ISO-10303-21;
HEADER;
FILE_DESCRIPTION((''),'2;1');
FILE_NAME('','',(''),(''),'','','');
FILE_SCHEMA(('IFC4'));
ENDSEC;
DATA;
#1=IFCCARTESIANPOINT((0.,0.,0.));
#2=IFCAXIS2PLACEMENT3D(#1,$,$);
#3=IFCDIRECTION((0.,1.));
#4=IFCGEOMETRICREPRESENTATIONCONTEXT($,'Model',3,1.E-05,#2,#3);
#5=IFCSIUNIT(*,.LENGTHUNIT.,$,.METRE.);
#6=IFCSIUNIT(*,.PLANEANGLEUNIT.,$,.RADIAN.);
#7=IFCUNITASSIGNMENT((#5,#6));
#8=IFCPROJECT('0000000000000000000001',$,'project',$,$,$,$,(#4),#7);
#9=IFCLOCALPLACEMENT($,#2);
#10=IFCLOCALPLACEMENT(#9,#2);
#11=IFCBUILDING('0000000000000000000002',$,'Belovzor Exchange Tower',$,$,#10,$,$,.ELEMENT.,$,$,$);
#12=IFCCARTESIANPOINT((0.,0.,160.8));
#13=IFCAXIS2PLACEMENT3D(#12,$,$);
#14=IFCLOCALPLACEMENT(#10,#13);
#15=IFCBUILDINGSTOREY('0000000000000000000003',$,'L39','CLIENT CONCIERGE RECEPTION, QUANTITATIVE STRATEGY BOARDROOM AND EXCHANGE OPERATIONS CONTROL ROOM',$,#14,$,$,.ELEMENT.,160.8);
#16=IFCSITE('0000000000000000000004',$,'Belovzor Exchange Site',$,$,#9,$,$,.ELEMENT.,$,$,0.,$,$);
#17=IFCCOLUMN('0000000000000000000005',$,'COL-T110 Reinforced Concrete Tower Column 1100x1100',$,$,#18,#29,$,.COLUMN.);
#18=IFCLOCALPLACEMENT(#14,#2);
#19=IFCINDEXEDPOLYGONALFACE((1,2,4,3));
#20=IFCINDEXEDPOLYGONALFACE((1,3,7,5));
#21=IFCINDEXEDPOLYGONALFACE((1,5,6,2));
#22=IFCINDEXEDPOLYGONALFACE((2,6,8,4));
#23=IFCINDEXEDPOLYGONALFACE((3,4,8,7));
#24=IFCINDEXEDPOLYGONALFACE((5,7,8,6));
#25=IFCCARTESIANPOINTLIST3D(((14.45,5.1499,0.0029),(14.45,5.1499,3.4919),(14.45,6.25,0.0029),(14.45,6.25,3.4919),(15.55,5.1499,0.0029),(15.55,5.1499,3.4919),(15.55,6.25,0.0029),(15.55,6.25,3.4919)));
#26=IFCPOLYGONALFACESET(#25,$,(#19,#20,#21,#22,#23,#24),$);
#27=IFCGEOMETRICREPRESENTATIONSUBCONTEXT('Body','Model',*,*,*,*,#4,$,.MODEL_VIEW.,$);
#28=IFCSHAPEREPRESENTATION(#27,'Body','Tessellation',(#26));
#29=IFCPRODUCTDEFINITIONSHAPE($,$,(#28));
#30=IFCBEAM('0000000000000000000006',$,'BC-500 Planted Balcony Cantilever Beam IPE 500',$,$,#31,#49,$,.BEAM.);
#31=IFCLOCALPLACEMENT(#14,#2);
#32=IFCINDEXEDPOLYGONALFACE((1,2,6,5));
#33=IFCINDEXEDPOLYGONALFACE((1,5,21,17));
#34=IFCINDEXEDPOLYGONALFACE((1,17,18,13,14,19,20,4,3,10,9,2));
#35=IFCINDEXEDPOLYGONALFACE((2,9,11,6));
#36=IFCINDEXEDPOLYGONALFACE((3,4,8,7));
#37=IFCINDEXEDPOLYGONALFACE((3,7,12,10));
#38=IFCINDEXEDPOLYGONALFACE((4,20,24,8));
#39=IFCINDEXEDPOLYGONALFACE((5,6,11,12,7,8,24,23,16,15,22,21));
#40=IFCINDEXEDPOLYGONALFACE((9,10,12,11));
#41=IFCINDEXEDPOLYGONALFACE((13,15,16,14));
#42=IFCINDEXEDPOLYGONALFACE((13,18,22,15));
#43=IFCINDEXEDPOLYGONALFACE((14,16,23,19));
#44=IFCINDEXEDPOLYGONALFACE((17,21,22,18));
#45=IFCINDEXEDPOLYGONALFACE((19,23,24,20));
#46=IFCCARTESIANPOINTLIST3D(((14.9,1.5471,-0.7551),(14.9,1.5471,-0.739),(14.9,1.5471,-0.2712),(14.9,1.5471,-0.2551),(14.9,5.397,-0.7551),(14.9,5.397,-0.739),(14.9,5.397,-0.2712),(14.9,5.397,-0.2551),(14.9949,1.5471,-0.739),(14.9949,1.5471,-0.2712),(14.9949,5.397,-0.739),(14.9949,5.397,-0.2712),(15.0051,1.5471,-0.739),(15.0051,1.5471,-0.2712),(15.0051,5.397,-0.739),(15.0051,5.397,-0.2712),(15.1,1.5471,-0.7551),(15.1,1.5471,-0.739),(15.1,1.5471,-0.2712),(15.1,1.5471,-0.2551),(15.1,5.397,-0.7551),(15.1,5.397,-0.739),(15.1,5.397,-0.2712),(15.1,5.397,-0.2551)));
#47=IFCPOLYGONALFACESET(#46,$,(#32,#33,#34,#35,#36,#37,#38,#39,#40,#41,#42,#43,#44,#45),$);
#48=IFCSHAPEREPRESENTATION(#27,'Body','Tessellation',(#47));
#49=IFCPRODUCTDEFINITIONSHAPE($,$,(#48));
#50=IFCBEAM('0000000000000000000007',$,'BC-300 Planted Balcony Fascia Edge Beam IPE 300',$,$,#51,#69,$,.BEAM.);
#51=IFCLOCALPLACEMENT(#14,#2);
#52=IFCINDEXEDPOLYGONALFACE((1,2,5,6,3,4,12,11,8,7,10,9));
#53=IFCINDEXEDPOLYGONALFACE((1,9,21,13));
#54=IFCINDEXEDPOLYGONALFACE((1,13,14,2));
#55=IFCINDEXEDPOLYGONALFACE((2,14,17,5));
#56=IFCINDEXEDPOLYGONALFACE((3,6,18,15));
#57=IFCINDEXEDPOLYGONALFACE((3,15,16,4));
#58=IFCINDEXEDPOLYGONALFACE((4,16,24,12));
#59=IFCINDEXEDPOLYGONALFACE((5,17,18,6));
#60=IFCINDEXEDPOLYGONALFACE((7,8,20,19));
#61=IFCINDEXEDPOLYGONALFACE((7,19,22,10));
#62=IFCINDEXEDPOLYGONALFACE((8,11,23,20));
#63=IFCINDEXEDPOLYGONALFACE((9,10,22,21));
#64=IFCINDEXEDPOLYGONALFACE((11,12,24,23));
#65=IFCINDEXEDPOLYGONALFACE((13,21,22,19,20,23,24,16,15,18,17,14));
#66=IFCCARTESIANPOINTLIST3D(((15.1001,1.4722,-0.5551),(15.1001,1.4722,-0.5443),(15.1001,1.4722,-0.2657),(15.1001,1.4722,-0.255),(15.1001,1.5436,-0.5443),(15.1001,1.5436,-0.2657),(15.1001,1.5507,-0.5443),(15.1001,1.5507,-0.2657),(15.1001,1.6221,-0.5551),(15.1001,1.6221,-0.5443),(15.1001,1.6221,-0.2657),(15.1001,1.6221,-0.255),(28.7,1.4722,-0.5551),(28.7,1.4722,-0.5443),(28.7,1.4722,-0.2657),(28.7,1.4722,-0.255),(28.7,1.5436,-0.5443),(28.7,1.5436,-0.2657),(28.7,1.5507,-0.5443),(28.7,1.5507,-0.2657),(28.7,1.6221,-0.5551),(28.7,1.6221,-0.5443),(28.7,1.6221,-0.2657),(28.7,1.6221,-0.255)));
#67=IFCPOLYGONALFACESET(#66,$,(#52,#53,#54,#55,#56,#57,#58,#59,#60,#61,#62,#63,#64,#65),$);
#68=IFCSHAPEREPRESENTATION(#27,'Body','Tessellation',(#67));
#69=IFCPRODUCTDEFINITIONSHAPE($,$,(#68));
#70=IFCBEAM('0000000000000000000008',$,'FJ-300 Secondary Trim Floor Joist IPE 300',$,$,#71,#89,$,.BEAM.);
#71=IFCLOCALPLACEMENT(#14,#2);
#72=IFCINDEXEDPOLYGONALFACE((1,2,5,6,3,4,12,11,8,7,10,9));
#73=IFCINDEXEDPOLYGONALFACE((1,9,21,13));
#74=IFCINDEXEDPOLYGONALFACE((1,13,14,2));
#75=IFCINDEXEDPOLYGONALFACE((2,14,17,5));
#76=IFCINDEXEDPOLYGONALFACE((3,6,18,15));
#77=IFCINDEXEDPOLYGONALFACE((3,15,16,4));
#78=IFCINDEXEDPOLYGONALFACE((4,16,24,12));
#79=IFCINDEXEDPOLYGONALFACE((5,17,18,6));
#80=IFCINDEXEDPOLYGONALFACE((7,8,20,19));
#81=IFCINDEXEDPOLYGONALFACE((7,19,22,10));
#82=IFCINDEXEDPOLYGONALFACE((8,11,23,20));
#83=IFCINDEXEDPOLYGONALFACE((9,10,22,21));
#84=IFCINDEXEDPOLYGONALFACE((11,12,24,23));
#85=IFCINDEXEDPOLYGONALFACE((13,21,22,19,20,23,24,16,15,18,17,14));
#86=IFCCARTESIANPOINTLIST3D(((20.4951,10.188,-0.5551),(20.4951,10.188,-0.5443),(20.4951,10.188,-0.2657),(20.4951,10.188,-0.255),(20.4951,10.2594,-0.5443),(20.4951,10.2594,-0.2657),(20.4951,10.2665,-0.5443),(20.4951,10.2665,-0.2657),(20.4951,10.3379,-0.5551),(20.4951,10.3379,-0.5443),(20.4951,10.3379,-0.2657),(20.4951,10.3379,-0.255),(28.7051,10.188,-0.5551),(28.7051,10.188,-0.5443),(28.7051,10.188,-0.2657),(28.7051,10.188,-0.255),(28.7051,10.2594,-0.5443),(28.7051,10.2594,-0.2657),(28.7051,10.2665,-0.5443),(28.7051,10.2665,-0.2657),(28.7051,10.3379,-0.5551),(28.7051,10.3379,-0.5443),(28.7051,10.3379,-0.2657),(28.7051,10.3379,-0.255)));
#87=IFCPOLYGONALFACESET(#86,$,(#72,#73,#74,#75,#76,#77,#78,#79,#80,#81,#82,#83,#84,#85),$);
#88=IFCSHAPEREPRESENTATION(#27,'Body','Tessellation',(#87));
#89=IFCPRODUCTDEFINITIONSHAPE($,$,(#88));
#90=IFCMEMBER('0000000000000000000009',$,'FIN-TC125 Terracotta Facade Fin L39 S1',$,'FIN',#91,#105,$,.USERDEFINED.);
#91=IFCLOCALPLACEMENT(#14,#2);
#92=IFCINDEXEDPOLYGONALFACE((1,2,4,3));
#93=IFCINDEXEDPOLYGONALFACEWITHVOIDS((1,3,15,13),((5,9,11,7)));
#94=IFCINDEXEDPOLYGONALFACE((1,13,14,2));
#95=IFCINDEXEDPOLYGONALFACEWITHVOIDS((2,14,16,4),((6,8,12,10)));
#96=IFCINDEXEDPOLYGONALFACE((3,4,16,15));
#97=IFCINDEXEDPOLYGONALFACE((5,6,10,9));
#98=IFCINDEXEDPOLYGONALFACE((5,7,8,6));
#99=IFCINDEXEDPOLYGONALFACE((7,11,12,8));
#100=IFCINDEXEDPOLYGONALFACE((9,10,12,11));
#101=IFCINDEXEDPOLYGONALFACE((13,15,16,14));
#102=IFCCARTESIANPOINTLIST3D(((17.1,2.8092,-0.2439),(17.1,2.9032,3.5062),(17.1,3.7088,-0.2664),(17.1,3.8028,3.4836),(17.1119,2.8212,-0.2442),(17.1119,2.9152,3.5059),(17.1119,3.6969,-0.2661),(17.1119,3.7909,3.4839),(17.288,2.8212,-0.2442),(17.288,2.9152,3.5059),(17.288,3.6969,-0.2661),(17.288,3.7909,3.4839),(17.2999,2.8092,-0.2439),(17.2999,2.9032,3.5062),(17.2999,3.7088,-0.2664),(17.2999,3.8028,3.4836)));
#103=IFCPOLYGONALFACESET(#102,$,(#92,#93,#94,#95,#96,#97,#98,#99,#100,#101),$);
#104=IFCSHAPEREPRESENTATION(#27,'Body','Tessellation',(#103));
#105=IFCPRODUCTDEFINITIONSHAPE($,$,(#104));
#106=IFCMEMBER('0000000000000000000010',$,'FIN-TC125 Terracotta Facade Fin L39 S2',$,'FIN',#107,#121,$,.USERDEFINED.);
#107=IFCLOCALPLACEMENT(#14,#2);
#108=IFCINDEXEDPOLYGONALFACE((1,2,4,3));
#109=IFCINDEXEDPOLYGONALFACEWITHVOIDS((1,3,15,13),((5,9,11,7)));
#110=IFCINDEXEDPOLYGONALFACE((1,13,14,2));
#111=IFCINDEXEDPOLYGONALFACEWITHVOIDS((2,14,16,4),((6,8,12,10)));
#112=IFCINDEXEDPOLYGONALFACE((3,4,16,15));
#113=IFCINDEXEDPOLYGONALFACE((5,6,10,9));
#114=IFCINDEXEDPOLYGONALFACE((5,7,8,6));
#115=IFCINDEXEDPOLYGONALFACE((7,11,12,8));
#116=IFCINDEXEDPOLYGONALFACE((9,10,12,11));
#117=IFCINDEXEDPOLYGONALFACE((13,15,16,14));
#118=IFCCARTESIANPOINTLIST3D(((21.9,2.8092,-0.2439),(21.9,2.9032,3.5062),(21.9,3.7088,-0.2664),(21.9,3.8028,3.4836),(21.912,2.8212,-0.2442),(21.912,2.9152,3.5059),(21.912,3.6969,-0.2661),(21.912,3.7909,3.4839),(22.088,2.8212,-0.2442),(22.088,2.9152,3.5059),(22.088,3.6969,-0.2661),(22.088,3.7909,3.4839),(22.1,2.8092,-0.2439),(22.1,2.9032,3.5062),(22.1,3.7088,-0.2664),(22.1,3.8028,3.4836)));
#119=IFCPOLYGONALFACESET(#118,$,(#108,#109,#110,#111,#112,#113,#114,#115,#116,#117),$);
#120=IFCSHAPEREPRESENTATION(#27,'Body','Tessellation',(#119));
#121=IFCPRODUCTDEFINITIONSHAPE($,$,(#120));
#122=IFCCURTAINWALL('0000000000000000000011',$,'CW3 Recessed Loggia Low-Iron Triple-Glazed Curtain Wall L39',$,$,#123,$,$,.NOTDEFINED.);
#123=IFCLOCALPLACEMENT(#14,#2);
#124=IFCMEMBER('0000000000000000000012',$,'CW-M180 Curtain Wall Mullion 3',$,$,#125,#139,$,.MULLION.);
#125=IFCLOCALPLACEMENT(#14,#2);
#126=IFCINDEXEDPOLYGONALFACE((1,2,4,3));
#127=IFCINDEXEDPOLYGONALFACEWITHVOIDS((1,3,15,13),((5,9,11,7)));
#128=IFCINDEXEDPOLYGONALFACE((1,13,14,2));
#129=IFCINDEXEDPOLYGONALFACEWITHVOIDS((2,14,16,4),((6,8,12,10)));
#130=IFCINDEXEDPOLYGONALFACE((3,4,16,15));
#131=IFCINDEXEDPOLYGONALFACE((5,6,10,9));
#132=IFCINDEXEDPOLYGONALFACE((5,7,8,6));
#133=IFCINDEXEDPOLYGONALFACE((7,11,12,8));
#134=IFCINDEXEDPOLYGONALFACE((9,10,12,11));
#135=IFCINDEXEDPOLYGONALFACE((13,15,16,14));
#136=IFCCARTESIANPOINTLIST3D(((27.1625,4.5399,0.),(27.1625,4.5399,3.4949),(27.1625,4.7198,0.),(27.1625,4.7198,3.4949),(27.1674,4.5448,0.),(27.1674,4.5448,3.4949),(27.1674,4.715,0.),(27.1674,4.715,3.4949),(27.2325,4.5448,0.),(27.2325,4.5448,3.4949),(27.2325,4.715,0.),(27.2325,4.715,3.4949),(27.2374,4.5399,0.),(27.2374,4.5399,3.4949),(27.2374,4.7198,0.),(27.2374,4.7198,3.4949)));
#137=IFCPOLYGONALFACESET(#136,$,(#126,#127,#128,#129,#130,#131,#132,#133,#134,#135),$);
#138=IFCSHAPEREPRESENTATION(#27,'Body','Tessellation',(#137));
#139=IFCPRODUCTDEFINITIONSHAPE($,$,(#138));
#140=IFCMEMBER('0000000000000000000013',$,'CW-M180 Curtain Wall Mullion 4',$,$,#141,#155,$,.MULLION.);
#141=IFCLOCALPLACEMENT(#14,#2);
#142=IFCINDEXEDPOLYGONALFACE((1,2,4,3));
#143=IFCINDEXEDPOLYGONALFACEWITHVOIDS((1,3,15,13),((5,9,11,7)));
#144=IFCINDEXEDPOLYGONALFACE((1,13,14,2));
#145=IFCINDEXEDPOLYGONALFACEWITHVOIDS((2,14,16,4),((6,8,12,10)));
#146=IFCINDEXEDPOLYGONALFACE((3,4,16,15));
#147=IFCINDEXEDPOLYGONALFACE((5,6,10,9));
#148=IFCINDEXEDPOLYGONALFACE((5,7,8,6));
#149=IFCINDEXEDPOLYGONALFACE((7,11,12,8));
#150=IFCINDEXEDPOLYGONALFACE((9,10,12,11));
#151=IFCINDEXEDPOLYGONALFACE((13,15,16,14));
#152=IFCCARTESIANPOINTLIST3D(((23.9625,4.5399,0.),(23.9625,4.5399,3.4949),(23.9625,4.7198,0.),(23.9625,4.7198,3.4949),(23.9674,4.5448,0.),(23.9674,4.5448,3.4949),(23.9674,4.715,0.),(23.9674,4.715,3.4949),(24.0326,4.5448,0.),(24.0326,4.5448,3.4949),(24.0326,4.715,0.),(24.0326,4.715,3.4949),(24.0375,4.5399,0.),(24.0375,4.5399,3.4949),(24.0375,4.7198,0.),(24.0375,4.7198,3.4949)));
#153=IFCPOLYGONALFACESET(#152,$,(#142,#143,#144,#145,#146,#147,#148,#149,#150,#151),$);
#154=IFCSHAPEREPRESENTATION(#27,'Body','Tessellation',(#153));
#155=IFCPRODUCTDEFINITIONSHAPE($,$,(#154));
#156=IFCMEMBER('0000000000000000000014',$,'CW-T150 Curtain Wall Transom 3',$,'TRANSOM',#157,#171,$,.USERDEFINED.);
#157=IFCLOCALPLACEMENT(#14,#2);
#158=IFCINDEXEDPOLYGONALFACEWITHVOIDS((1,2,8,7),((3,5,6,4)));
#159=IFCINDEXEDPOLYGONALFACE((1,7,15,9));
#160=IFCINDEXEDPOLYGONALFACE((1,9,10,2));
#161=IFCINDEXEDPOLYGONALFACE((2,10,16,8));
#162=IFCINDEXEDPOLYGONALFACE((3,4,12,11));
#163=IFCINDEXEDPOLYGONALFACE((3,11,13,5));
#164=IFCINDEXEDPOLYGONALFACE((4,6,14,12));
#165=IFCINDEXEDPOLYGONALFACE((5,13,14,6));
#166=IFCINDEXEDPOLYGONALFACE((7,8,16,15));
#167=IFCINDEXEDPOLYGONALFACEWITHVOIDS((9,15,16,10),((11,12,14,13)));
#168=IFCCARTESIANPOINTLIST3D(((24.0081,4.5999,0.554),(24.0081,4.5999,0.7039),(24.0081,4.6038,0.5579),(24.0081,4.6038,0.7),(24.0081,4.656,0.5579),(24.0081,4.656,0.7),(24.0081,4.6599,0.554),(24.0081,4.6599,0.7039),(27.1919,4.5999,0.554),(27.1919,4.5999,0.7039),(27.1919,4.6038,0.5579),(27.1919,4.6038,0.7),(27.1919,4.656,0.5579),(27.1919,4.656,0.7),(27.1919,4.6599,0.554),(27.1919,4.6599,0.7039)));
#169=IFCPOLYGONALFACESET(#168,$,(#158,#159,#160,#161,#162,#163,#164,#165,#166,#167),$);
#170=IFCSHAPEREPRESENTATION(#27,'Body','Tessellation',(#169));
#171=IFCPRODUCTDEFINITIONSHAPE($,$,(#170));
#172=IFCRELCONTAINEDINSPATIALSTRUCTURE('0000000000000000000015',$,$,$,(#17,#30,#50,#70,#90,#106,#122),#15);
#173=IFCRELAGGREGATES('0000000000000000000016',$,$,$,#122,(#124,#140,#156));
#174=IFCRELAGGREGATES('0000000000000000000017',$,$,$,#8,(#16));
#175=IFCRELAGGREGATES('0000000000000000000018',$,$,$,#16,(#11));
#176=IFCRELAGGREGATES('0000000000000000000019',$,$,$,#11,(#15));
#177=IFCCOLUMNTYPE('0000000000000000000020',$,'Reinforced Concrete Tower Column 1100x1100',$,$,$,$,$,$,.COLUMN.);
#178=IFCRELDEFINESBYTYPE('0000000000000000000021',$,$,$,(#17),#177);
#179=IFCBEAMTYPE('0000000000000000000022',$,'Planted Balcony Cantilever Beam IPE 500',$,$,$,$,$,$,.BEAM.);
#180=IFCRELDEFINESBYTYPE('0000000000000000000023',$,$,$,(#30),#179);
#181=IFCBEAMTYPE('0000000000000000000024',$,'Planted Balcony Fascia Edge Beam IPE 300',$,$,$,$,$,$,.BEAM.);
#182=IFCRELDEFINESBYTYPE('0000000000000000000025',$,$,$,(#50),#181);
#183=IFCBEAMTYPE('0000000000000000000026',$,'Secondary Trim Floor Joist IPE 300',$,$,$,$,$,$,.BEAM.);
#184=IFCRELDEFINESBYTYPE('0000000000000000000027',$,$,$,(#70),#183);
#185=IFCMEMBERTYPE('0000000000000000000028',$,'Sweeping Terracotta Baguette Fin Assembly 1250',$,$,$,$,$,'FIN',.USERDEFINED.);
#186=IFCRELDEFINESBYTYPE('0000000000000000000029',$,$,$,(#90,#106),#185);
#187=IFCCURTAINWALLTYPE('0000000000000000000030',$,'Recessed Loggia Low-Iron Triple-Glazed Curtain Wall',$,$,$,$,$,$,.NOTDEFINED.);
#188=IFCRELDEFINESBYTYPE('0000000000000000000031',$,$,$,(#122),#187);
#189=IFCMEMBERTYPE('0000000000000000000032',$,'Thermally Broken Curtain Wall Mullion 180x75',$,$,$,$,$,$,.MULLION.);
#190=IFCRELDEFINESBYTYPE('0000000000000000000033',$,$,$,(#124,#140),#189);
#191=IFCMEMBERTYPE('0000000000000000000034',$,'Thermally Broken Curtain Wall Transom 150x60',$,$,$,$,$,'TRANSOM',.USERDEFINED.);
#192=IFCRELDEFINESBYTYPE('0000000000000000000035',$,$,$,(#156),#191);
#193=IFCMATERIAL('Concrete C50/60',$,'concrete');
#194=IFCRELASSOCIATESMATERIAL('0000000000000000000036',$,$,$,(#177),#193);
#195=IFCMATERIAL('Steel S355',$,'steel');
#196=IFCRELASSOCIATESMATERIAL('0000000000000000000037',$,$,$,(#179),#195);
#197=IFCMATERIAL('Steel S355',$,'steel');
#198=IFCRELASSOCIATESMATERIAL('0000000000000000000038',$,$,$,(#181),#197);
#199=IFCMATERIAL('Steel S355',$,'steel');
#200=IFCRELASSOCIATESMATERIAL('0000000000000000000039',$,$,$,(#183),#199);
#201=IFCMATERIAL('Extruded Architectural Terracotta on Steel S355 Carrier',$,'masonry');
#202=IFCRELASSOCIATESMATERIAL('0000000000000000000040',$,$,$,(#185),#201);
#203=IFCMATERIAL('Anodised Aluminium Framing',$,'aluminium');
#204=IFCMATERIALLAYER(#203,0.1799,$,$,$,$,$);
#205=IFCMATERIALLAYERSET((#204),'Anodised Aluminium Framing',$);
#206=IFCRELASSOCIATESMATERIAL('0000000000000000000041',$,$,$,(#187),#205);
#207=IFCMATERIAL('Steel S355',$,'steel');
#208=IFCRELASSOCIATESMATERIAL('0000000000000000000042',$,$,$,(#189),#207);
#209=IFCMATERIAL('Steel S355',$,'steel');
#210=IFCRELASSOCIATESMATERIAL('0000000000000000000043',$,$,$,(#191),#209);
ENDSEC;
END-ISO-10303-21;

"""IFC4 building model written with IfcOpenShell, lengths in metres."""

from ifc_helpers import new_model, si_unit, direction, frame, origin, origin_2d, place, context, subcontext, project, spatial, rectangle, hollow_rectangle, i_section, extrude, material, layer, layer_set, material_profile, profile_set, type_object, element, aggregate, save


model = new_model("IFC4")

# Units and contexts
model_context = context("Model", 3, precision=1e-05, world=origin(), true_north=direction((0.0, 1.0)))
body_context = subcontext(model_context, "Body", "Model", "MODEL_VIEW")
ifc_project = project(units=[si_unit("LENGTHUNIT", "METRE"), si_unit("PLANEANGLEUNIT", "RADIAN")], contexts=[model_context])

# Site, building, storey
site_placement = place(None, origin())
site = spatial("IfcSite", under=ifc_project, at=site_placement, Name="Belovzor Exchange Site", CompositionType="ELEMENT", RefElevation=0.0)
building_placement = place(site_placement, origin())
building = spatial("IfcBuilding", under=site, at=building_placement, Name="Belovzor Exchange Tower", CompositionType="ELEMENT")
storey_placement = place(building_placement, frame((0.0, 0.0, 160.8)))
storey = spatial("IfcBuildingStorey", under=building, at=storey_placement, Name="L39", Description="CLIENT CONCIERGE RECEPTION, QUANTITATIVE STRATEGY BOARDROOM AND EXCHANGE OPERATIONS CONTROL ROOM", CompositionType="ELEMENT", Elevation=160.8)

# Column
ifc_material_1 = material(Name="Concrete C50/60", Category="concrete")
ifc_material_profile_1 = material_profile(ifc_material_1, rectangle(XDim=1.1001, YDim=1.1001, at=origin_2d()))
ifc_profile_set_1 = profile_set([ifc_material_profile_1], Name="Concrete C50/60")
column_type = type_object("IfcColumnType", Name="Reinforced Concrete Tower Column 1100x1100", PredefinedType="COLUMN", material=ifc_profile_set_1)
column_placement = place(storey_placement, frame((15.0, 5.7, 0.0029), z_axis=(0.0, 0.0, 1.0), x_axis=(1.0, 0.0, 0.0)))
element("IfcColumn", 1, at=column_placement, inside=storey, type_object=column_type, Name="COL-T110 Reinforced Concrete Tower Column 1100x1100", PredefinedType="COLUMN", context=body_context, shape_type="SweptSolid", body=[
    extrude(rectangle(XDim=1.1001, YDim=1.1001, at=origin_2d()), origin(), (0.0, 0.0, 1.0), 3.489),
])

# Beams
ifc_material_2 = material(Name="Steel S355", Category="steel")
ifc_material_profile_2 = material_profile(ifc_material_2, i_section(OverallWidth=0.2, OverallDepth=0.5, WebThickness=0.0103, FlangeThickness=0.0161, at=origin_2d()))
ifc_profile_set_2 = profile_set([ifc_material_profile_2], Name="Steel S355")
beam_type_1 = type_object("IfcBeamType", Name="Planted Balcony Cantilever Beam IPE 500", PredefinedType="BEAM", material=ifc_profile_set_2)
beam_1_placement = place(storey_placement, frame((15.0, 5.397, -0.5051), z_axis=(0.0, -1.0, 0.0), x_axis=(1.0, 0.0, 0.0)))
element("IfcBeam", 2, at=beam_1_placement, inside=storey, type_object=beam_type_1, Name="BC-500 Planted Balcony Cantilever Beam IPE 500", PredefinedType="BEAM", context=body_context, shape_type="SweptSolid", body=[
    extrude(i_section(OverallWidth=0.2, OverallDepth=0.5, WebThickness=0.0103, FlangeThickness=0.0161, at=origin_2d()), origin(), (0.0, 0.0, 1.0), 3.8499),
])
ifc_material_3 = material(Name="Steel S355", Category="steel")
ifc_material_profile_3 = material_profile(ifc_material_3, i_section(OverallWidth=0.1499, OverallDepth=0.3, WebThickness=0.0071, FlangeThickness=0.0107, at=origin_2d()))
ifc_profile_set_3 = profile_set([ifc_material_profile_3], Name="Steel S355")
beam_type_2 = type_object("IfcBeamType", Name="Planted Balcony Fascia Edge Beam IPE 300", PredefinedType="BEAM", material=ifc_profile_set_3)
beam_2_placement = place(storey_placement, frame((15.1001, 1.5471, -0.405), z_axis=(1.0, 0.0, 0.0), x_axis=(0.0, 1.0, 0.0)))
element("IfcBeam", 3, at=beam_2_placement, inside=storey, type_object=beam_type_2, Name="BC-300 Planted Balcony Fascia Edge Beam IPE 300", PredefinedType="BEAM", context=body_context, shape_type="SweptSolid", body=[
    extrude(i_section(OverallWidth=0.1499, OverallDepth=0.3, WebThickness=0.0071, FlangeThickness=0.0107, at=origin_2d()), origin(), (0.0, 0.0, 1.0), 13.5999),
])
ifc_material_4 = material(Name="Steel S355", Category="steel")
ifc_material_profile_4 = material_profile(ifc_material_4, i_section(OverallWidth=0.1499, OverallDepth=0.3, WebThickness=0.0071, FlangeThickness=0.0107, at=origin_2d()))
ifc_profile_set_4 = profile_set([ifc_material_profile_4], Name="Steel S355")
beam_type_3 = type_object("IfcBeamType", Name="Secondary Trim Floor Joist IPE 300", PredefinedType="BEAM", material=ifc_profile_set_4)
beam_3_placement = place(storey_placement, frame((20.4951, 10.2629, -0.405), z_axis=(1.0, 0.0, 0.0), x_axis=(0.0, 1.0, 0.0)))
element("IfcBeam", 4, at=beam_3_placement, inside=storey, type_object=beam_type_3, Name="FJ-300 Secondary Trim Floor Joist IPE 300", PredefinedType="BEAM", context=body_context, shape_type="SweptSolid", body=[
    extrude(i_section(OverallWidth=0.1499, OverallDepth=0.3, WebThickness=0.0071, FlangeThickness=0.0107, at=origin_2d()), origin(), (0.0, 0.0, 1.0), 8.21),
])

# Members
ifc_material_5 = material(Name="Extruded Architectural Terracotta on Steel S355 Carrier", Category="masonry")
ifc_material_profile_5 = material_profile(ifc_material_5, hollow_rectangle(XDim=0.2, YDim=0.8999, WallThickness=0.012, at=origin_2d()))
ifc_profile_set_5 = profile_set([ifc_material_profile_5], Name="Extruded Architectural Terracotta on Steel S355 Carrier")
member_type_1 = type_object("IfcMemberType", Name="Sweeping Terracotta Baguette Fin Assembly 1250", ElementType="FIN", PredefinedType="USERDEFINED", material=ifc_profile_set_5)
for number, where, z_axis, x_axis, name in (
    (5, (17.2, 3.259, -0.2551), (0.0, 0.025057, 0.999686), (-1.0, 0.0, 0.0), "FIN-TC125 Terracotta Facade Fin L39 S1"),
    (6, (22.0, 3.259, -0.2551), (0.0, 0.025057, 0.999686), (-1.0, 0.0, 0.0), "FIN-TC125 Terracotta Facade Fin L39 S2"),
):
    element("IfcMember", number, at=place(storey_placement, frame(where, z_axis=z_axis, x_axis=x_axis)), inside=storey, type_object=member_type_1, Name=name, ObjectType="FIN", PredefinedType="USERDEFINED", context=body_context, shape_type="SweptSolid", body=[
        extrude(hollow_rectangle(XDim=0.2, YDim=0.8999, WallThickness=0.012, at=origin_2d()), origin(), (0.0, 0.0, 1.0), 3.7512),
    ])

# Curtain wall, members
ifc_material_6 = material(Name="Anodised Aluminium Framing", Category="aluminium")
ifc_layer_1 = layer(ifc_material_6, 0.1799)
ifc_layer_set_1 = layer_set([ifc_layer_1], Name="Anodised Aluminium Framing")
curtain_wall_type = type_object("IfcCurtainWallType", Name="Recessed Loggia Low-Iron Triple-Glazed Curtain Wall", PredefinedType="NOTDEFINED", material=ifc_layer_set_1)
curtain_wall_placement = place(storey_placement, origin())
curtain_wall = element("IfcCurtainWall", 7, at=curtain_wall_placement, inside=storey, type_object=curtain_wall_type, Name="CW3 Recessed Loggia Low-Iron Triple-Glazed Curtain Wall L39", PredefinedType="NOTDEFINED")
ifc_material_7 = material(Name="Steel S355", Category="steel")
ifc_material_profile_6 = material_profile(ifc_material_7, hollow_rectangle(XDim=0.075, YDim=0.1799, WallThickness=0.0049, at=origin_2d()))
ifc_profile_set_6 = profile_set([ifc_material_profile_6], Name="Steel S355")
member_type_2 = type_object("IfcMemberType", Name="Thermally Broken Curtain Wall Mullion 180x75", PredefinedType="MULLION", material=ifc_profile_set_6)
member_1_placement = place(storey_placement, frame((27.2, 4.6299, 0.0), z_axis=(0.0, 0.0, 1.0), x_axis=(-1.0, 0.0, 0.0)))
member_1 = element("IfcMember", 8, at=member_1_placement, type_object=member_type_2, Name="CW-M180 Curtain Wall Mullion 3", PredefinedType="MULLION", context=body_context, shape_type="SweptSolid", body=[
    extrude(hollow_rectangle(XDim=0.075, YDim=0.1799, WallThickness=0.0049, at=origin_2d()), origin(), (0.0, 0.0, 1.0), 3.4949),
])
member_2_placement = place(storey_placement, frame((24.0, 4.6299, 0.0), z_axis=(0.0, 0.0, 1.0), x_axis=(-1.0, 0.0, 0.0)))
member_2 = element("IfcMember", 9, at=member_2_placement, type_object=member_type_2, Name="CW-M180 Curtain Wall Mullion 4", PredefinedType="MULLION", context=body_context, shape_type="SweptSolid", body=[
    extrude(hollow_rectangle(XDim=0.075, YDim=0.1799, WallThickness=0.0049, at=origin_2d()), origin(), (0.0, 0.0, 1.0), 3.4949),
])
ifc_material_8 = material(Name="Steel S355", Category="steel")
ifc_material_profile_7 = material_profile(ifc_material_8, hollow_rectangle(XDim=0.0601, YDim=0.1499, WallThickness=0.0039, at=origin_2d()))
ifc_profile_set_7 = profile_set([ifc_material_profile_7], Name="Steel S355")
member_type_3 = type_object("IfcMemberType", Name="Thermally Broken Curtain Wall Transom 150x60", ElementType="TRANSOM", PredefinedType="USERDEFINED", material=ifc_profile_set_7)
member_3_placement = place(storey_placement, frame((27.1919, 4.6299, 0.6289), z_axis=(-1.0, 0.0, 0.0), x_axis=(0.0, -1.0, 0.0)))
member_3 = element("IfcMember", 10, at=member_3_placement, type_object=member_type_3, Name="CW-T150 Curtain Wall Transom 3", ObjectType="TRANSOM", PredefinedType="USERDEFINED", context=body_context, shape_type="SweptSolid", body=[
    extrude(hollow_rectangle(XDim=0.0601, YDim=0.1499, WallThickness=0.0039, at=origin_2d()), origin(), (0.0, 0.0, 1.0), 3.1838),
])

aggregate(curtain_wall, [member_1, member_2, member_3])

save(model, "model.ifc")
